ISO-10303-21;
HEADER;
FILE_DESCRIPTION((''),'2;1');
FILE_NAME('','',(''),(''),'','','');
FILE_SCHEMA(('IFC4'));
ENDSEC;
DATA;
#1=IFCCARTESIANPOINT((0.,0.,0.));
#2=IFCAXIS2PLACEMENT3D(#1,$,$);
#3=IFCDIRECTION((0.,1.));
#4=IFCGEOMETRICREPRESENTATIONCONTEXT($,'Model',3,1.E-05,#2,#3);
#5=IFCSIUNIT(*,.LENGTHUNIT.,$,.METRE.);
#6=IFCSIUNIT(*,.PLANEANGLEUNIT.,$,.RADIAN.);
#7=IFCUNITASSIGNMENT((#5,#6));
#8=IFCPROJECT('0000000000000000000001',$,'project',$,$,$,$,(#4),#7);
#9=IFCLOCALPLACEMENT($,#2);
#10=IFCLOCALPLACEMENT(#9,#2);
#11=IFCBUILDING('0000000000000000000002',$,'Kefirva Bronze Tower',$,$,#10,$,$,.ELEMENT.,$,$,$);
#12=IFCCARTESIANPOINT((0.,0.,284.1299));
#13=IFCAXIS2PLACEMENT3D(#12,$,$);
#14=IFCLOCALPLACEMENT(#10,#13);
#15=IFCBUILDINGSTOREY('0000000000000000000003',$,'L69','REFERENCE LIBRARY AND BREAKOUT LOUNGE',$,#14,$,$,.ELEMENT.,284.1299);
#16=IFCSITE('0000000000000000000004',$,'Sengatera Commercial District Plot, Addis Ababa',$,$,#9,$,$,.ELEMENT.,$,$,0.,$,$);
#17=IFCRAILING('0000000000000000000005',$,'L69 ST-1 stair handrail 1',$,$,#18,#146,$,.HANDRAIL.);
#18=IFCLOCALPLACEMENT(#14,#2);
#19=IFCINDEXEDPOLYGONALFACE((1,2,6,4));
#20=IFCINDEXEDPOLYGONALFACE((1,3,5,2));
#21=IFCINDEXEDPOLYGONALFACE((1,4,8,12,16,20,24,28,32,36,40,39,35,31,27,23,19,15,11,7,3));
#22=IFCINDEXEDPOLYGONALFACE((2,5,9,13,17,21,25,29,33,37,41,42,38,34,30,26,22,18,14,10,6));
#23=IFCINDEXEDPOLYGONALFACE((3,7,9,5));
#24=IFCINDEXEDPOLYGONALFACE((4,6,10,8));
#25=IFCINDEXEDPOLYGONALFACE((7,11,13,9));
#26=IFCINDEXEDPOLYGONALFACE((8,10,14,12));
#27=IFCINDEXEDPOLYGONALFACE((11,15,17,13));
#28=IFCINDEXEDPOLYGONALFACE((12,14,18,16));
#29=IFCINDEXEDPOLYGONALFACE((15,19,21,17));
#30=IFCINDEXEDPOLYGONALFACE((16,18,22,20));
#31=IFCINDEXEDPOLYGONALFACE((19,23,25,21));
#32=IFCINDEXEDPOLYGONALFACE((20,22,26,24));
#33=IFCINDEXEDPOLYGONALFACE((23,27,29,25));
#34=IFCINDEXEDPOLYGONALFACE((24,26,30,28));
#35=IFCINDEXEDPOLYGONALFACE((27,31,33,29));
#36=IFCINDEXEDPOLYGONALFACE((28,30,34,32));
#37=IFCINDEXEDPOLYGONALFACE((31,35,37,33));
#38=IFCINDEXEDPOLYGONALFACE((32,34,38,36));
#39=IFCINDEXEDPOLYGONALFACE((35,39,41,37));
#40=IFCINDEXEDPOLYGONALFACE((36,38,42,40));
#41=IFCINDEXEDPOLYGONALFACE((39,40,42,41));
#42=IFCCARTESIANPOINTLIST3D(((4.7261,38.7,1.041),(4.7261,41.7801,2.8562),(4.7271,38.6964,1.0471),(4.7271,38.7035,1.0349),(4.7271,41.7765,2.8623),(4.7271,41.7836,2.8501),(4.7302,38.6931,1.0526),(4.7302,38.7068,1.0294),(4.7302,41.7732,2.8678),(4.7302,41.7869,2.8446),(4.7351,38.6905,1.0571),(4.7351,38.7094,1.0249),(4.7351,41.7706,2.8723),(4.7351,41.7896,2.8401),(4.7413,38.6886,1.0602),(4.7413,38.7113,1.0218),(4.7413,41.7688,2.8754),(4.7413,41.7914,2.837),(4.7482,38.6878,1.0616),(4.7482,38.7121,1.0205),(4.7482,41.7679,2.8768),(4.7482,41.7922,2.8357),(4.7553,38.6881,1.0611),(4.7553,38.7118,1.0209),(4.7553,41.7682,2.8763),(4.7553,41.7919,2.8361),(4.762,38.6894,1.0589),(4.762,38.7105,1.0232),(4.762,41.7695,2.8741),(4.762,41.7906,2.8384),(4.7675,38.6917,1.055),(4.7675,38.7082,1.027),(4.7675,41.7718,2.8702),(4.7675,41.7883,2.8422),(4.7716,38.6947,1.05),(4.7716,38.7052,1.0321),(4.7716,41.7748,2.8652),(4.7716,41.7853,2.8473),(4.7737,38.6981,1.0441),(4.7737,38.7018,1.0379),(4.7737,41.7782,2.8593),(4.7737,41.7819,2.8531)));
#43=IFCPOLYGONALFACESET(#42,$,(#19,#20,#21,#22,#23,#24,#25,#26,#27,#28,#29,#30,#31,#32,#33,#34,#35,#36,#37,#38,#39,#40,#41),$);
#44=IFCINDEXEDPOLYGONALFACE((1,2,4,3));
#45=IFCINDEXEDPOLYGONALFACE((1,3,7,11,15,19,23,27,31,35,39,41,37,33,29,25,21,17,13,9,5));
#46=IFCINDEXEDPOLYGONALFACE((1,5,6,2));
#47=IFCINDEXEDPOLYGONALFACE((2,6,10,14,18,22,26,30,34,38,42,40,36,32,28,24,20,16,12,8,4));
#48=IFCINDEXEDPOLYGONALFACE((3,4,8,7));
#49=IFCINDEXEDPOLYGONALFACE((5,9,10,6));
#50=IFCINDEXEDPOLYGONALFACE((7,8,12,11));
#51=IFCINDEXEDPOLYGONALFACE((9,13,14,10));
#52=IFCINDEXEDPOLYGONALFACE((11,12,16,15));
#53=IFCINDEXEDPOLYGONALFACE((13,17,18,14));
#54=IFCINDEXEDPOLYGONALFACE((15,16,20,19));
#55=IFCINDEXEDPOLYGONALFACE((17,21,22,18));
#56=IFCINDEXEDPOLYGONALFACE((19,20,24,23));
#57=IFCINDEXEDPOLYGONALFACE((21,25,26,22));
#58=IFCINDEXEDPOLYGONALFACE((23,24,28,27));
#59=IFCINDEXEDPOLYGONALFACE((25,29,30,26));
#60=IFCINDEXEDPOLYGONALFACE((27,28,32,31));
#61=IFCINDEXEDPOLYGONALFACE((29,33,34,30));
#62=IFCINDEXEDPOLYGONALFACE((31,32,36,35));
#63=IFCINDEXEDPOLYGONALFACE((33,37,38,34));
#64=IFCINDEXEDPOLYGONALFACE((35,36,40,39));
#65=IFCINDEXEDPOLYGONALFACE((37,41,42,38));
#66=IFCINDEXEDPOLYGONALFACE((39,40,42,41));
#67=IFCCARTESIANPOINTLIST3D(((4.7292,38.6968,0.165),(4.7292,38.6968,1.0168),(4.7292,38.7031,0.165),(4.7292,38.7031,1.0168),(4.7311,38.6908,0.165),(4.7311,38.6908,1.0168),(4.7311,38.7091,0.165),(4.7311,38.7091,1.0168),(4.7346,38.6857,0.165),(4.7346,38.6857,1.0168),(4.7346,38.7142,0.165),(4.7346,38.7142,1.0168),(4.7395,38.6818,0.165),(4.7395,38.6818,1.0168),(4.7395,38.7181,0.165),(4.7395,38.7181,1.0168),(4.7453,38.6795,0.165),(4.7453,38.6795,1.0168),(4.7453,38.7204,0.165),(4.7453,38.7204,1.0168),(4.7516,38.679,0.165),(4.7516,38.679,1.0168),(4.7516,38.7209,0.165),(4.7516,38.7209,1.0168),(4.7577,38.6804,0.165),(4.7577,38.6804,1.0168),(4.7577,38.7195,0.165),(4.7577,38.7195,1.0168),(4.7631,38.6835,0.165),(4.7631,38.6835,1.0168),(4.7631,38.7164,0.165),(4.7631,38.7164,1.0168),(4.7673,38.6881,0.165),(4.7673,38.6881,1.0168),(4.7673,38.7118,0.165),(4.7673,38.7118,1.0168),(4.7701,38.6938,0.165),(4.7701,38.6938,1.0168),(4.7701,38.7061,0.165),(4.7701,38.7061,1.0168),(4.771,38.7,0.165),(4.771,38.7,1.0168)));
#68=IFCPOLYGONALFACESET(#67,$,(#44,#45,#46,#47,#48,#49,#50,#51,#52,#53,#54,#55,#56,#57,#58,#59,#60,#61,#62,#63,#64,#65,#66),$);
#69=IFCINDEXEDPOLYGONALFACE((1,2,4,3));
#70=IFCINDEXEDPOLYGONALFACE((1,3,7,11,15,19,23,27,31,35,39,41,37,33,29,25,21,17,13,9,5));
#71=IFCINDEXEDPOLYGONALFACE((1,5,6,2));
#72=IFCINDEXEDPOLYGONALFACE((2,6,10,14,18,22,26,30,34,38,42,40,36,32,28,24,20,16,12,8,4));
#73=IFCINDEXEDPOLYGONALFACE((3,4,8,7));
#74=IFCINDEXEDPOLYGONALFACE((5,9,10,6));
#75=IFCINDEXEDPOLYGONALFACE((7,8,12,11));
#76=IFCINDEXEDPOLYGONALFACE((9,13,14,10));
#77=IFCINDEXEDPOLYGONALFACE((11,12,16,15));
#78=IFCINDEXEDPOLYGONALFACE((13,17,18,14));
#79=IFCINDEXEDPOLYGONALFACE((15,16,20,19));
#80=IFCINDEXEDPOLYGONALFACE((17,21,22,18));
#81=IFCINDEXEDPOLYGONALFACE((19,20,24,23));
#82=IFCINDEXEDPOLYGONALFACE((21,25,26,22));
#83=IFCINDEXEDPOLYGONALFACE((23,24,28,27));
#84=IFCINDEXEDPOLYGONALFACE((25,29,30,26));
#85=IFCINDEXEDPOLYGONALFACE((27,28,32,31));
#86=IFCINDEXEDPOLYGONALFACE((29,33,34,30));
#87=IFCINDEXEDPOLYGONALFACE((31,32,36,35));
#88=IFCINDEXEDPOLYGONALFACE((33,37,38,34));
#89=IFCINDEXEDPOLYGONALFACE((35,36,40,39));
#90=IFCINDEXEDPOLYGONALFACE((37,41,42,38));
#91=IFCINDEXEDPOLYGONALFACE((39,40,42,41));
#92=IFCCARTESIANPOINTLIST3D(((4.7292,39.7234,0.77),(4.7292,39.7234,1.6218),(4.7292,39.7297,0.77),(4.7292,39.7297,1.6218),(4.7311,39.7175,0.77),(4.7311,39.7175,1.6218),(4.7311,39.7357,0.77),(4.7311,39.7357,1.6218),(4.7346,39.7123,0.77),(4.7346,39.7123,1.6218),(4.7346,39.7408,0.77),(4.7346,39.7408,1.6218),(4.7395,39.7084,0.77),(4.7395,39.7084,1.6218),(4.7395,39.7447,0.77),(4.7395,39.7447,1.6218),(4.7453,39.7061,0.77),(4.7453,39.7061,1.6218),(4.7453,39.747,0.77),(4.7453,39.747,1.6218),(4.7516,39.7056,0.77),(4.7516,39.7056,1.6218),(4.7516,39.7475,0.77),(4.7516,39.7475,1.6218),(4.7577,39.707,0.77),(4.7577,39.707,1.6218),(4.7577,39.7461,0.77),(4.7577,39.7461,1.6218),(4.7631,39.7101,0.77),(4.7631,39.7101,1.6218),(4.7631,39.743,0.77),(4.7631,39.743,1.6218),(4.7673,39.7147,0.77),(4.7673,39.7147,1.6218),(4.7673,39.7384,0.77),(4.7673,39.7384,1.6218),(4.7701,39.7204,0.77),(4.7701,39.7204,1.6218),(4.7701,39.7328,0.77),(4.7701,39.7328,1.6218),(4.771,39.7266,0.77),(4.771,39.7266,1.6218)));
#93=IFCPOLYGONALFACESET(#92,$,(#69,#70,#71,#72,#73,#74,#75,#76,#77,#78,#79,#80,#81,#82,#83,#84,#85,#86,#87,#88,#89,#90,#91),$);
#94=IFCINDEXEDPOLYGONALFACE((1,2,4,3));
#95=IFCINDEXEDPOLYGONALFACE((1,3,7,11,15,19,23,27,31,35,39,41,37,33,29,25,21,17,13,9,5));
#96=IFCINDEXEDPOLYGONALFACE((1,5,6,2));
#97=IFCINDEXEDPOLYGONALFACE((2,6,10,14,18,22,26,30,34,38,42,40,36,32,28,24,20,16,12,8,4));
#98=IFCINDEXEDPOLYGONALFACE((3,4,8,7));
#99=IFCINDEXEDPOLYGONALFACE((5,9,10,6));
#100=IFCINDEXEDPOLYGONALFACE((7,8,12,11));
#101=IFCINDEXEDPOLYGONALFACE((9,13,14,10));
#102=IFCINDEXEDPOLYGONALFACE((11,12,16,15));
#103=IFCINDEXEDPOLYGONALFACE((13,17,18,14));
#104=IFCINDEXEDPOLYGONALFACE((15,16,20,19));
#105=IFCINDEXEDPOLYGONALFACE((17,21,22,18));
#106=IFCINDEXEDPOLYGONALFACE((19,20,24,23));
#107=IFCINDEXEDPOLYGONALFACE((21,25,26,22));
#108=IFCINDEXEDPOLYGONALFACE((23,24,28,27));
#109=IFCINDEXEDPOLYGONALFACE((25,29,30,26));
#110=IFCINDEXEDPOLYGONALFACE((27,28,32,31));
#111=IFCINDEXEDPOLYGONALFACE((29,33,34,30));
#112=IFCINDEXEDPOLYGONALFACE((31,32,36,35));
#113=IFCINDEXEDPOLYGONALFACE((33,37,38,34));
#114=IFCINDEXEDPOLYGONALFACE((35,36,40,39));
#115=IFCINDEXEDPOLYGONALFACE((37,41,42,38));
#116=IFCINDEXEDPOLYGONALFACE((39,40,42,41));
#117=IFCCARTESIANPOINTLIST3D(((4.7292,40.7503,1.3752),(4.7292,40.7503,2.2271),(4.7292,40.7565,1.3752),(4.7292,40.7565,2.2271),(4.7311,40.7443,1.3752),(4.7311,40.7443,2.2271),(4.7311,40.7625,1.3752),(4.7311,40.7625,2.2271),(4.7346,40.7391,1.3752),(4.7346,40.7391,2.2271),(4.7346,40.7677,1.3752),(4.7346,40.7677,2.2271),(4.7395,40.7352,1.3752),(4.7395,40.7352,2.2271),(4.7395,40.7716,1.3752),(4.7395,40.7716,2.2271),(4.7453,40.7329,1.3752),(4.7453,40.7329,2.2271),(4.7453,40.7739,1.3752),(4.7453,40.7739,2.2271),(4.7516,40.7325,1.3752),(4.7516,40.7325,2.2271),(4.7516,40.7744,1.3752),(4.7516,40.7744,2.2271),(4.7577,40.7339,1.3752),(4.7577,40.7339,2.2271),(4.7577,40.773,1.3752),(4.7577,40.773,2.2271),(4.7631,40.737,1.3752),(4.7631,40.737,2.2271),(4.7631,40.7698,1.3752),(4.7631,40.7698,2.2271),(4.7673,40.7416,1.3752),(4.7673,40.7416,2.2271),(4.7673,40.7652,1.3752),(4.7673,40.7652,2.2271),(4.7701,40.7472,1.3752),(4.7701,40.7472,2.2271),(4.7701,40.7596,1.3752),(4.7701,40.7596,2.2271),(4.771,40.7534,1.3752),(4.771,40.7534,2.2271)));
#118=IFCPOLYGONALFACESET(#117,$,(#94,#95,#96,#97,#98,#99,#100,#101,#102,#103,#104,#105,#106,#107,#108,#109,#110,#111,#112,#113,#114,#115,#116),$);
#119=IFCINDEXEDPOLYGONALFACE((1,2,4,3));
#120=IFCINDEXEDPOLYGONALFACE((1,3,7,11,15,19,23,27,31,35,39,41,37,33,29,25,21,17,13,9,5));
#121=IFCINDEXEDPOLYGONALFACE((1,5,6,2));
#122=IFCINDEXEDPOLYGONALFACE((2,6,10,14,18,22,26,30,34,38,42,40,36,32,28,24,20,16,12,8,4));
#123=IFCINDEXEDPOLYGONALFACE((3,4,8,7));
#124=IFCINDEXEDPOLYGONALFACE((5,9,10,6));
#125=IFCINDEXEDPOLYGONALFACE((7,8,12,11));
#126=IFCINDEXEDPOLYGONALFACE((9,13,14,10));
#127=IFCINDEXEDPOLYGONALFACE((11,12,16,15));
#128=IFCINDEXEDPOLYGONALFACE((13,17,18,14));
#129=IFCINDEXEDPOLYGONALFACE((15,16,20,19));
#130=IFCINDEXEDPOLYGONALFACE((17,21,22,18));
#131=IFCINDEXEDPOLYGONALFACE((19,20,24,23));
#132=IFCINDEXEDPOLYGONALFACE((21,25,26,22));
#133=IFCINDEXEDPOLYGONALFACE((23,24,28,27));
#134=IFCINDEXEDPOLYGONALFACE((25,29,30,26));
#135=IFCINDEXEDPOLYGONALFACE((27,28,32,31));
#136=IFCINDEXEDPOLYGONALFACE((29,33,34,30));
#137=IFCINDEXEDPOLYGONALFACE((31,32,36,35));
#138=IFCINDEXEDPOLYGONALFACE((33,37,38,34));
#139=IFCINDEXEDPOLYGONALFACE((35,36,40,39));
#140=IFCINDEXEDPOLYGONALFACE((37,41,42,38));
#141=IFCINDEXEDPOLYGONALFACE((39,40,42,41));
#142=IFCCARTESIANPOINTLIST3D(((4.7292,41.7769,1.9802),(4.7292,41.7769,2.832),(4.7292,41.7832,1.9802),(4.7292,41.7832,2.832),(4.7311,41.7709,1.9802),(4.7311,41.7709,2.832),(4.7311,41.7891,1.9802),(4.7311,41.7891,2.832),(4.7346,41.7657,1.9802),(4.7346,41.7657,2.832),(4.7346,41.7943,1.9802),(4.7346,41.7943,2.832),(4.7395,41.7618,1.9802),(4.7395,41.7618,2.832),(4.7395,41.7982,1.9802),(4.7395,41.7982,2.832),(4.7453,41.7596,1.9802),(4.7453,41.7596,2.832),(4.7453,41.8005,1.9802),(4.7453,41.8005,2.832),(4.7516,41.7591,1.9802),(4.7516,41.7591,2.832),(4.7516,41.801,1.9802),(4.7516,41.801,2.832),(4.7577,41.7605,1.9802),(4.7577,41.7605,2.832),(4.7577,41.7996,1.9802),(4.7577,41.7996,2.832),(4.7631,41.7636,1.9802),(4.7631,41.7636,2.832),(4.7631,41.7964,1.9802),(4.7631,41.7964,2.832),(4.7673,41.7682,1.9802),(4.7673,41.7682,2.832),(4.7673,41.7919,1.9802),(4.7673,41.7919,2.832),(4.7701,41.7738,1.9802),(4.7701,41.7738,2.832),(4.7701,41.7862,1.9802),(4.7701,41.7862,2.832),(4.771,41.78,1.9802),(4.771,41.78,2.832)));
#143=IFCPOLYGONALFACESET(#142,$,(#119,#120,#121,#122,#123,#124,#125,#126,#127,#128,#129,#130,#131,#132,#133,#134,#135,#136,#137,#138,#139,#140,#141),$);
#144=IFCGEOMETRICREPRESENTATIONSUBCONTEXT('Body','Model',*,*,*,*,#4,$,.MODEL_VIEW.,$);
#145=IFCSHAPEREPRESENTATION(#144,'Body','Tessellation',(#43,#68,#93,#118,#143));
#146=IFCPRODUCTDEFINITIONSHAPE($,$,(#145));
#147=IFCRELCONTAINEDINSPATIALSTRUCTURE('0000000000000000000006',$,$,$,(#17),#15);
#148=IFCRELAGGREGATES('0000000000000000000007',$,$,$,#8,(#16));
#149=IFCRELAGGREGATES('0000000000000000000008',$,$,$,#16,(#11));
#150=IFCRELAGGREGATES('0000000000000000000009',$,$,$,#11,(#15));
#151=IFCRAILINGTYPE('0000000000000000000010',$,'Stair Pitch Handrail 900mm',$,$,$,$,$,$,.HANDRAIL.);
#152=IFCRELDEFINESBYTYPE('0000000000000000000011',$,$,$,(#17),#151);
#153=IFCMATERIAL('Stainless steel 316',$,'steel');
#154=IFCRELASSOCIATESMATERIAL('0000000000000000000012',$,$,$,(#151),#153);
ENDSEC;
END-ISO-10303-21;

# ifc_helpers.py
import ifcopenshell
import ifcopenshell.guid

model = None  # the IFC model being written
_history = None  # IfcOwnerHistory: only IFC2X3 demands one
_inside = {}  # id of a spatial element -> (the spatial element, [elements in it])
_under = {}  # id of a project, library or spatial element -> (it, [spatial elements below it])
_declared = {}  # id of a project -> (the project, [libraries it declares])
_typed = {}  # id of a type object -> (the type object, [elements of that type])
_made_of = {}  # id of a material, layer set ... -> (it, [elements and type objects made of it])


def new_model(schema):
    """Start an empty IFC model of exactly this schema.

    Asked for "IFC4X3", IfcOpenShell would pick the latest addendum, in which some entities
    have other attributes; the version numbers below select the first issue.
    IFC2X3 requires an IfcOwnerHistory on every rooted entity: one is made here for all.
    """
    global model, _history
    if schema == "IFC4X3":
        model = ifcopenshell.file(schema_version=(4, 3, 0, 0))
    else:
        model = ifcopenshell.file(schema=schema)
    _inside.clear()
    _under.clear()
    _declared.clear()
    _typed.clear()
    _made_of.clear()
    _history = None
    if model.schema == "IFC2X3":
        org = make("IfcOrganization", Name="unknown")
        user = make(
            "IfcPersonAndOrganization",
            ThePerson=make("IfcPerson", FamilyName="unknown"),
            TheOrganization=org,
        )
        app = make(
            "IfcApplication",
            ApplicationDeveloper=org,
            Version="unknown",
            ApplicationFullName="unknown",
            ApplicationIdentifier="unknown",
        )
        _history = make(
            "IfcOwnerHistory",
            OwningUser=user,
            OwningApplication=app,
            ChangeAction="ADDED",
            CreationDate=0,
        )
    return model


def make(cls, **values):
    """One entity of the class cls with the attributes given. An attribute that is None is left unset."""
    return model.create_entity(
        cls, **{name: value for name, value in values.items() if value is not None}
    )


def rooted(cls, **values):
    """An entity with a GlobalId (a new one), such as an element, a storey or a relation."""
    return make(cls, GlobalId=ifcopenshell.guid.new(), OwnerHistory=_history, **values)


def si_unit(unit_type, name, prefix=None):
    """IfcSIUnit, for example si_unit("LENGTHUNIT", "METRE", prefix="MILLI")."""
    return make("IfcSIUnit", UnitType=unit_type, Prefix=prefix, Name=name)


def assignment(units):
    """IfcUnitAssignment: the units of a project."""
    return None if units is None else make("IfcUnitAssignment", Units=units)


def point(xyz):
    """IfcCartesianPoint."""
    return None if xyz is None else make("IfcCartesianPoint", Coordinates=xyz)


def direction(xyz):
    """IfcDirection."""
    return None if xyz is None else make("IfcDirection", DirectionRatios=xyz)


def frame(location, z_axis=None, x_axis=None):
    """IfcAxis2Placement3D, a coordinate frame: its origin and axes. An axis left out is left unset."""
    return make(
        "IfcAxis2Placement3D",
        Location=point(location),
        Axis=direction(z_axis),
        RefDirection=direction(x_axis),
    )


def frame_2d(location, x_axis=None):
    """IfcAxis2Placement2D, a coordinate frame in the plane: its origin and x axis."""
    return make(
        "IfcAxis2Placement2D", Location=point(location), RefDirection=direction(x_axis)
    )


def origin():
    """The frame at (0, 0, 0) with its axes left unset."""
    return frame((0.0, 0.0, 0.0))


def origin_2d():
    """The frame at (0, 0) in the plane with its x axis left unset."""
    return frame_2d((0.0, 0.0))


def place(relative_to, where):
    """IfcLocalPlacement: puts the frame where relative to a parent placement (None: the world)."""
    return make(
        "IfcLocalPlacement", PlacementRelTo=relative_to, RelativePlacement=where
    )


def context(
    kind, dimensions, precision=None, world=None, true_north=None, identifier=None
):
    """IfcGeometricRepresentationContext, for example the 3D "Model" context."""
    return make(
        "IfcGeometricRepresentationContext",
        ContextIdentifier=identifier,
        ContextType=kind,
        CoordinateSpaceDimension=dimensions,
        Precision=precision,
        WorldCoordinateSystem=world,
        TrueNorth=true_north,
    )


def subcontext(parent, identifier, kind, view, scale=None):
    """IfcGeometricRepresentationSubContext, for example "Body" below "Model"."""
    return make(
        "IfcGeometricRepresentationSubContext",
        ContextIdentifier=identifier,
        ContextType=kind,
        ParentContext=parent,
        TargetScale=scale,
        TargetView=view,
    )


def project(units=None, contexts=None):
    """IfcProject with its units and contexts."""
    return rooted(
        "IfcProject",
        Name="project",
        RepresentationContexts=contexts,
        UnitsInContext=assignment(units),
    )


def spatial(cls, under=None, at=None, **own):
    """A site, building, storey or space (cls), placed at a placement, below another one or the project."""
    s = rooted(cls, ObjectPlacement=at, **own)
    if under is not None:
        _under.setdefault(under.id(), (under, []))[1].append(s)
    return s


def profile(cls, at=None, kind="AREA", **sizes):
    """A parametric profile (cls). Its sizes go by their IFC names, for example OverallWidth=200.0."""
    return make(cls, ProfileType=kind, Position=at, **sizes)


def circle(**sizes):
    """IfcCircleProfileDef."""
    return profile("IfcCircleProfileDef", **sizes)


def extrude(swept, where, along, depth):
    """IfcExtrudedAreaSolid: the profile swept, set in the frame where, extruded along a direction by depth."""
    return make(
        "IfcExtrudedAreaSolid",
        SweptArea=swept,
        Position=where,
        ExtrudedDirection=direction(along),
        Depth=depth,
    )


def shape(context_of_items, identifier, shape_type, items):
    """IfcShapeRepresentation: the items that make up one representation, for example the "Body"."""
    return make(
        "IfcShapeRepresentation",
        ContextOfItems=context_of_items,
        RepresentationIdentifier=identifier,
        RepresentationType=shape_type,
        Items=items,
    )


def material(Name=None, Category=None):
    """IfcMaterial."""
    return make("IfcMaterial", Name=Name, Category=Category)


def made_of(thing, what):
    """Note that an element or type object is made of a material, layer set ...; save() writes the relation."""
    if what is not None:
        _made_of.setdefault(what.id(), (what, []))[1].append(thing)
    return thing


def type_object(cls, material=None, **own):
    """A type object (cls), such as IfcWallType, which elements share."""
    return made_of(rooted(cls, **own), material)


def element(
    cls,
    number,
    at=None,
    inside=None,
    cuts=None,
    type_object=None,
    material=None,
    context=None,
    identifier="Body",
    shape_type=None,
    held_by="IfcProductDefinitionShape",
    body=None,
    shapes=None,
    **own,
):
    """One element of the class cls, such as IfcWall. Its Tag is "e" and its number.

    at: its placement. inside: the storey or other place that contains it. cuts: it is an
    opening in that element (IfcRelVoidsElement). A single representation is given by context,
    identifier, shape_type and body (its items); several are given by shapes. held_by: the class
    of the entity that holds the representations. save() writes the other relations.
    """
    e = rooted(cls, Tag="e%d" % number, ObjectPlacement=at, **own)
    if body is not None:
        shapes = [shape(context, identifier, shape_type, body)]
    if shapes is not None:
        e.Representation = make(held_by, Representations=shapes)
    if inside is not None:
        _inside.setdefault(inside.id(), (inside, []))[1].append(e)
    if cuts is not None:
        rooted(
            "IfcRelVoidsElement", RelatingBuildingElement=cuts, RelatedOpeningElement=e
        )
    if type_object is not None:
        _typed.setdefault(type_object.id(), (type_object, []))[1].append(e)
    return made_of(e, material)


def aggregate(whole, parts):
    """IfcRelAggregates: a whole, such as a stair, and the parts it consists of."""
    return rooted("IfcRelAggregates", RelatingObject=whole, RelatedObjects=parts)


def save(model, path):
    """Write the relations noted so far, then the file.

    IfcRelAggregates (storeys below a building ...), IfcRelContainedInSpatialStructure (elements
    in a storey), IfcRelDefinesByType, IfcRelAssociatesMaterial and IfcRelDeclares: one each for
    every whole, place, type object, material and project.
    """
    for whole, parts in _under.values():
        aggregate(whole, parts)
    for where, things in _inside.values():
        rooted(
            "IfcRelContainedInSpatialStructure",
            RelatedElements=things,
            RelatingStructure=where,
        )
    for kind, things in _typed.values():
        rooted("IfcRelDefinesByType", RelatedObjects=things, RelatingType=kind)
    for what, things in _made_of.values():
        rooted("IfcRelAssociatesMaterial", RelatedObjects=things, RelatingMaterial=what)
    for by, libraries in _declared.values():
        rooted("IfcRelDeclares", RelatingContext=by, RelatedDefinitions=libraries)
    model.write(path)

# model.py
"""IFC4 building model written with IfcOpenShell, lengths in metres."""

from ifc_helpers import new_model, si_unit, direction, frame, origin, origin_2d, place, context, subcontext, project, spatial, circle, extrude, material, type_object, element, save


model = new_model("IFC4")

# Units and contexts
model_context = context("Model", 3, precision=1e-05, world=origin(), true_north=direction((0.0, 1.0)))
body_context = subcontext(model_context, "Body", "Model", "MODEL_VIEW")
ifc_project = project(units=[si_unit("LENGTHUNIT", "METRE"), si_unit("PLANEANGLEUNIT", "RADIAN")], contexts=[model_context])

# Site, building, storey
site_placement = place(None, origin())
site = spatial("IfcSite", under=ifc_project, at=site_placement, Name="Sengatera Commercial District Plot, Addis Ababa", CompositionType="ELEMENT", RefElevation=0.0)
building_placement = place(site_placement, origin())
building = spatial("IfcBuilding", under=site, at=building_placement, Name="Kefirva Bronze Tower", CompositionType="ELEMENT")
storey_placement = place(building_placement, frame((0.0, 0.0, 284.1299)))
storey = spatial("IfcBuildingStorey", under=building, at=storey_placement, Name="L69", Description="REFERENCE LIBRARY AND BREAKOUT LOUNGE", CompositionType="ELEMENT", Elevation=284.1299)

# Shared definitions
ifc_material_1 = material(Name="Stainless steel 316", Category="steel")

# Railing
railing_type = type_object("IfcRailingType", Name="Stair Pitch Handrail 900mm", PredefinedType="HANDRAIL", material=ifc_material_1)
railing_placement = place(storey_placement, frame((4.75, 38.7, 0.165)))
element("IfcRailing", 1, at=railing_placement, inside=storey, type_object=railing_type, Name="L69 ST-1 stair handrail 1", PredefinedType="HANDRAIL", context=body_context, shape_type="SweptSolid", body=[
    extrude(circle(Radius=0.0239, at=origin_2d()), frame((0.0, 0.0, 0.876), z_axis=(0.0, 0.861521, 0.507721), x_axis=(-1.0, 0.0, 0.0)), (0.0, 0.0, 1.0), 3.5752),
    extrude(circle(Radius=0.021, at=origin_2d()), origin(), (0.0, 0.0, 1.0), 0.8518),
    extrude(circle(Radius=0.021, at=origin_2d()), frame((0.0, 1.0266, 0.605)), (0.0, 0.0, 1.0), 0.8518),
    extrude(circle(Radius=0.021, at=origin_2d()), frame((0.0, 2.0535, 1.2102)), (0.0, 0.0, 1.0), 0.8518),
    extrude(circle(Radius=0.021, at=origin_2d()), frame((0.0, 3.0801, 1.8152)), (0.0, 0.0, 1.0), 0.8518),
])

save(model, "model.ifc")
